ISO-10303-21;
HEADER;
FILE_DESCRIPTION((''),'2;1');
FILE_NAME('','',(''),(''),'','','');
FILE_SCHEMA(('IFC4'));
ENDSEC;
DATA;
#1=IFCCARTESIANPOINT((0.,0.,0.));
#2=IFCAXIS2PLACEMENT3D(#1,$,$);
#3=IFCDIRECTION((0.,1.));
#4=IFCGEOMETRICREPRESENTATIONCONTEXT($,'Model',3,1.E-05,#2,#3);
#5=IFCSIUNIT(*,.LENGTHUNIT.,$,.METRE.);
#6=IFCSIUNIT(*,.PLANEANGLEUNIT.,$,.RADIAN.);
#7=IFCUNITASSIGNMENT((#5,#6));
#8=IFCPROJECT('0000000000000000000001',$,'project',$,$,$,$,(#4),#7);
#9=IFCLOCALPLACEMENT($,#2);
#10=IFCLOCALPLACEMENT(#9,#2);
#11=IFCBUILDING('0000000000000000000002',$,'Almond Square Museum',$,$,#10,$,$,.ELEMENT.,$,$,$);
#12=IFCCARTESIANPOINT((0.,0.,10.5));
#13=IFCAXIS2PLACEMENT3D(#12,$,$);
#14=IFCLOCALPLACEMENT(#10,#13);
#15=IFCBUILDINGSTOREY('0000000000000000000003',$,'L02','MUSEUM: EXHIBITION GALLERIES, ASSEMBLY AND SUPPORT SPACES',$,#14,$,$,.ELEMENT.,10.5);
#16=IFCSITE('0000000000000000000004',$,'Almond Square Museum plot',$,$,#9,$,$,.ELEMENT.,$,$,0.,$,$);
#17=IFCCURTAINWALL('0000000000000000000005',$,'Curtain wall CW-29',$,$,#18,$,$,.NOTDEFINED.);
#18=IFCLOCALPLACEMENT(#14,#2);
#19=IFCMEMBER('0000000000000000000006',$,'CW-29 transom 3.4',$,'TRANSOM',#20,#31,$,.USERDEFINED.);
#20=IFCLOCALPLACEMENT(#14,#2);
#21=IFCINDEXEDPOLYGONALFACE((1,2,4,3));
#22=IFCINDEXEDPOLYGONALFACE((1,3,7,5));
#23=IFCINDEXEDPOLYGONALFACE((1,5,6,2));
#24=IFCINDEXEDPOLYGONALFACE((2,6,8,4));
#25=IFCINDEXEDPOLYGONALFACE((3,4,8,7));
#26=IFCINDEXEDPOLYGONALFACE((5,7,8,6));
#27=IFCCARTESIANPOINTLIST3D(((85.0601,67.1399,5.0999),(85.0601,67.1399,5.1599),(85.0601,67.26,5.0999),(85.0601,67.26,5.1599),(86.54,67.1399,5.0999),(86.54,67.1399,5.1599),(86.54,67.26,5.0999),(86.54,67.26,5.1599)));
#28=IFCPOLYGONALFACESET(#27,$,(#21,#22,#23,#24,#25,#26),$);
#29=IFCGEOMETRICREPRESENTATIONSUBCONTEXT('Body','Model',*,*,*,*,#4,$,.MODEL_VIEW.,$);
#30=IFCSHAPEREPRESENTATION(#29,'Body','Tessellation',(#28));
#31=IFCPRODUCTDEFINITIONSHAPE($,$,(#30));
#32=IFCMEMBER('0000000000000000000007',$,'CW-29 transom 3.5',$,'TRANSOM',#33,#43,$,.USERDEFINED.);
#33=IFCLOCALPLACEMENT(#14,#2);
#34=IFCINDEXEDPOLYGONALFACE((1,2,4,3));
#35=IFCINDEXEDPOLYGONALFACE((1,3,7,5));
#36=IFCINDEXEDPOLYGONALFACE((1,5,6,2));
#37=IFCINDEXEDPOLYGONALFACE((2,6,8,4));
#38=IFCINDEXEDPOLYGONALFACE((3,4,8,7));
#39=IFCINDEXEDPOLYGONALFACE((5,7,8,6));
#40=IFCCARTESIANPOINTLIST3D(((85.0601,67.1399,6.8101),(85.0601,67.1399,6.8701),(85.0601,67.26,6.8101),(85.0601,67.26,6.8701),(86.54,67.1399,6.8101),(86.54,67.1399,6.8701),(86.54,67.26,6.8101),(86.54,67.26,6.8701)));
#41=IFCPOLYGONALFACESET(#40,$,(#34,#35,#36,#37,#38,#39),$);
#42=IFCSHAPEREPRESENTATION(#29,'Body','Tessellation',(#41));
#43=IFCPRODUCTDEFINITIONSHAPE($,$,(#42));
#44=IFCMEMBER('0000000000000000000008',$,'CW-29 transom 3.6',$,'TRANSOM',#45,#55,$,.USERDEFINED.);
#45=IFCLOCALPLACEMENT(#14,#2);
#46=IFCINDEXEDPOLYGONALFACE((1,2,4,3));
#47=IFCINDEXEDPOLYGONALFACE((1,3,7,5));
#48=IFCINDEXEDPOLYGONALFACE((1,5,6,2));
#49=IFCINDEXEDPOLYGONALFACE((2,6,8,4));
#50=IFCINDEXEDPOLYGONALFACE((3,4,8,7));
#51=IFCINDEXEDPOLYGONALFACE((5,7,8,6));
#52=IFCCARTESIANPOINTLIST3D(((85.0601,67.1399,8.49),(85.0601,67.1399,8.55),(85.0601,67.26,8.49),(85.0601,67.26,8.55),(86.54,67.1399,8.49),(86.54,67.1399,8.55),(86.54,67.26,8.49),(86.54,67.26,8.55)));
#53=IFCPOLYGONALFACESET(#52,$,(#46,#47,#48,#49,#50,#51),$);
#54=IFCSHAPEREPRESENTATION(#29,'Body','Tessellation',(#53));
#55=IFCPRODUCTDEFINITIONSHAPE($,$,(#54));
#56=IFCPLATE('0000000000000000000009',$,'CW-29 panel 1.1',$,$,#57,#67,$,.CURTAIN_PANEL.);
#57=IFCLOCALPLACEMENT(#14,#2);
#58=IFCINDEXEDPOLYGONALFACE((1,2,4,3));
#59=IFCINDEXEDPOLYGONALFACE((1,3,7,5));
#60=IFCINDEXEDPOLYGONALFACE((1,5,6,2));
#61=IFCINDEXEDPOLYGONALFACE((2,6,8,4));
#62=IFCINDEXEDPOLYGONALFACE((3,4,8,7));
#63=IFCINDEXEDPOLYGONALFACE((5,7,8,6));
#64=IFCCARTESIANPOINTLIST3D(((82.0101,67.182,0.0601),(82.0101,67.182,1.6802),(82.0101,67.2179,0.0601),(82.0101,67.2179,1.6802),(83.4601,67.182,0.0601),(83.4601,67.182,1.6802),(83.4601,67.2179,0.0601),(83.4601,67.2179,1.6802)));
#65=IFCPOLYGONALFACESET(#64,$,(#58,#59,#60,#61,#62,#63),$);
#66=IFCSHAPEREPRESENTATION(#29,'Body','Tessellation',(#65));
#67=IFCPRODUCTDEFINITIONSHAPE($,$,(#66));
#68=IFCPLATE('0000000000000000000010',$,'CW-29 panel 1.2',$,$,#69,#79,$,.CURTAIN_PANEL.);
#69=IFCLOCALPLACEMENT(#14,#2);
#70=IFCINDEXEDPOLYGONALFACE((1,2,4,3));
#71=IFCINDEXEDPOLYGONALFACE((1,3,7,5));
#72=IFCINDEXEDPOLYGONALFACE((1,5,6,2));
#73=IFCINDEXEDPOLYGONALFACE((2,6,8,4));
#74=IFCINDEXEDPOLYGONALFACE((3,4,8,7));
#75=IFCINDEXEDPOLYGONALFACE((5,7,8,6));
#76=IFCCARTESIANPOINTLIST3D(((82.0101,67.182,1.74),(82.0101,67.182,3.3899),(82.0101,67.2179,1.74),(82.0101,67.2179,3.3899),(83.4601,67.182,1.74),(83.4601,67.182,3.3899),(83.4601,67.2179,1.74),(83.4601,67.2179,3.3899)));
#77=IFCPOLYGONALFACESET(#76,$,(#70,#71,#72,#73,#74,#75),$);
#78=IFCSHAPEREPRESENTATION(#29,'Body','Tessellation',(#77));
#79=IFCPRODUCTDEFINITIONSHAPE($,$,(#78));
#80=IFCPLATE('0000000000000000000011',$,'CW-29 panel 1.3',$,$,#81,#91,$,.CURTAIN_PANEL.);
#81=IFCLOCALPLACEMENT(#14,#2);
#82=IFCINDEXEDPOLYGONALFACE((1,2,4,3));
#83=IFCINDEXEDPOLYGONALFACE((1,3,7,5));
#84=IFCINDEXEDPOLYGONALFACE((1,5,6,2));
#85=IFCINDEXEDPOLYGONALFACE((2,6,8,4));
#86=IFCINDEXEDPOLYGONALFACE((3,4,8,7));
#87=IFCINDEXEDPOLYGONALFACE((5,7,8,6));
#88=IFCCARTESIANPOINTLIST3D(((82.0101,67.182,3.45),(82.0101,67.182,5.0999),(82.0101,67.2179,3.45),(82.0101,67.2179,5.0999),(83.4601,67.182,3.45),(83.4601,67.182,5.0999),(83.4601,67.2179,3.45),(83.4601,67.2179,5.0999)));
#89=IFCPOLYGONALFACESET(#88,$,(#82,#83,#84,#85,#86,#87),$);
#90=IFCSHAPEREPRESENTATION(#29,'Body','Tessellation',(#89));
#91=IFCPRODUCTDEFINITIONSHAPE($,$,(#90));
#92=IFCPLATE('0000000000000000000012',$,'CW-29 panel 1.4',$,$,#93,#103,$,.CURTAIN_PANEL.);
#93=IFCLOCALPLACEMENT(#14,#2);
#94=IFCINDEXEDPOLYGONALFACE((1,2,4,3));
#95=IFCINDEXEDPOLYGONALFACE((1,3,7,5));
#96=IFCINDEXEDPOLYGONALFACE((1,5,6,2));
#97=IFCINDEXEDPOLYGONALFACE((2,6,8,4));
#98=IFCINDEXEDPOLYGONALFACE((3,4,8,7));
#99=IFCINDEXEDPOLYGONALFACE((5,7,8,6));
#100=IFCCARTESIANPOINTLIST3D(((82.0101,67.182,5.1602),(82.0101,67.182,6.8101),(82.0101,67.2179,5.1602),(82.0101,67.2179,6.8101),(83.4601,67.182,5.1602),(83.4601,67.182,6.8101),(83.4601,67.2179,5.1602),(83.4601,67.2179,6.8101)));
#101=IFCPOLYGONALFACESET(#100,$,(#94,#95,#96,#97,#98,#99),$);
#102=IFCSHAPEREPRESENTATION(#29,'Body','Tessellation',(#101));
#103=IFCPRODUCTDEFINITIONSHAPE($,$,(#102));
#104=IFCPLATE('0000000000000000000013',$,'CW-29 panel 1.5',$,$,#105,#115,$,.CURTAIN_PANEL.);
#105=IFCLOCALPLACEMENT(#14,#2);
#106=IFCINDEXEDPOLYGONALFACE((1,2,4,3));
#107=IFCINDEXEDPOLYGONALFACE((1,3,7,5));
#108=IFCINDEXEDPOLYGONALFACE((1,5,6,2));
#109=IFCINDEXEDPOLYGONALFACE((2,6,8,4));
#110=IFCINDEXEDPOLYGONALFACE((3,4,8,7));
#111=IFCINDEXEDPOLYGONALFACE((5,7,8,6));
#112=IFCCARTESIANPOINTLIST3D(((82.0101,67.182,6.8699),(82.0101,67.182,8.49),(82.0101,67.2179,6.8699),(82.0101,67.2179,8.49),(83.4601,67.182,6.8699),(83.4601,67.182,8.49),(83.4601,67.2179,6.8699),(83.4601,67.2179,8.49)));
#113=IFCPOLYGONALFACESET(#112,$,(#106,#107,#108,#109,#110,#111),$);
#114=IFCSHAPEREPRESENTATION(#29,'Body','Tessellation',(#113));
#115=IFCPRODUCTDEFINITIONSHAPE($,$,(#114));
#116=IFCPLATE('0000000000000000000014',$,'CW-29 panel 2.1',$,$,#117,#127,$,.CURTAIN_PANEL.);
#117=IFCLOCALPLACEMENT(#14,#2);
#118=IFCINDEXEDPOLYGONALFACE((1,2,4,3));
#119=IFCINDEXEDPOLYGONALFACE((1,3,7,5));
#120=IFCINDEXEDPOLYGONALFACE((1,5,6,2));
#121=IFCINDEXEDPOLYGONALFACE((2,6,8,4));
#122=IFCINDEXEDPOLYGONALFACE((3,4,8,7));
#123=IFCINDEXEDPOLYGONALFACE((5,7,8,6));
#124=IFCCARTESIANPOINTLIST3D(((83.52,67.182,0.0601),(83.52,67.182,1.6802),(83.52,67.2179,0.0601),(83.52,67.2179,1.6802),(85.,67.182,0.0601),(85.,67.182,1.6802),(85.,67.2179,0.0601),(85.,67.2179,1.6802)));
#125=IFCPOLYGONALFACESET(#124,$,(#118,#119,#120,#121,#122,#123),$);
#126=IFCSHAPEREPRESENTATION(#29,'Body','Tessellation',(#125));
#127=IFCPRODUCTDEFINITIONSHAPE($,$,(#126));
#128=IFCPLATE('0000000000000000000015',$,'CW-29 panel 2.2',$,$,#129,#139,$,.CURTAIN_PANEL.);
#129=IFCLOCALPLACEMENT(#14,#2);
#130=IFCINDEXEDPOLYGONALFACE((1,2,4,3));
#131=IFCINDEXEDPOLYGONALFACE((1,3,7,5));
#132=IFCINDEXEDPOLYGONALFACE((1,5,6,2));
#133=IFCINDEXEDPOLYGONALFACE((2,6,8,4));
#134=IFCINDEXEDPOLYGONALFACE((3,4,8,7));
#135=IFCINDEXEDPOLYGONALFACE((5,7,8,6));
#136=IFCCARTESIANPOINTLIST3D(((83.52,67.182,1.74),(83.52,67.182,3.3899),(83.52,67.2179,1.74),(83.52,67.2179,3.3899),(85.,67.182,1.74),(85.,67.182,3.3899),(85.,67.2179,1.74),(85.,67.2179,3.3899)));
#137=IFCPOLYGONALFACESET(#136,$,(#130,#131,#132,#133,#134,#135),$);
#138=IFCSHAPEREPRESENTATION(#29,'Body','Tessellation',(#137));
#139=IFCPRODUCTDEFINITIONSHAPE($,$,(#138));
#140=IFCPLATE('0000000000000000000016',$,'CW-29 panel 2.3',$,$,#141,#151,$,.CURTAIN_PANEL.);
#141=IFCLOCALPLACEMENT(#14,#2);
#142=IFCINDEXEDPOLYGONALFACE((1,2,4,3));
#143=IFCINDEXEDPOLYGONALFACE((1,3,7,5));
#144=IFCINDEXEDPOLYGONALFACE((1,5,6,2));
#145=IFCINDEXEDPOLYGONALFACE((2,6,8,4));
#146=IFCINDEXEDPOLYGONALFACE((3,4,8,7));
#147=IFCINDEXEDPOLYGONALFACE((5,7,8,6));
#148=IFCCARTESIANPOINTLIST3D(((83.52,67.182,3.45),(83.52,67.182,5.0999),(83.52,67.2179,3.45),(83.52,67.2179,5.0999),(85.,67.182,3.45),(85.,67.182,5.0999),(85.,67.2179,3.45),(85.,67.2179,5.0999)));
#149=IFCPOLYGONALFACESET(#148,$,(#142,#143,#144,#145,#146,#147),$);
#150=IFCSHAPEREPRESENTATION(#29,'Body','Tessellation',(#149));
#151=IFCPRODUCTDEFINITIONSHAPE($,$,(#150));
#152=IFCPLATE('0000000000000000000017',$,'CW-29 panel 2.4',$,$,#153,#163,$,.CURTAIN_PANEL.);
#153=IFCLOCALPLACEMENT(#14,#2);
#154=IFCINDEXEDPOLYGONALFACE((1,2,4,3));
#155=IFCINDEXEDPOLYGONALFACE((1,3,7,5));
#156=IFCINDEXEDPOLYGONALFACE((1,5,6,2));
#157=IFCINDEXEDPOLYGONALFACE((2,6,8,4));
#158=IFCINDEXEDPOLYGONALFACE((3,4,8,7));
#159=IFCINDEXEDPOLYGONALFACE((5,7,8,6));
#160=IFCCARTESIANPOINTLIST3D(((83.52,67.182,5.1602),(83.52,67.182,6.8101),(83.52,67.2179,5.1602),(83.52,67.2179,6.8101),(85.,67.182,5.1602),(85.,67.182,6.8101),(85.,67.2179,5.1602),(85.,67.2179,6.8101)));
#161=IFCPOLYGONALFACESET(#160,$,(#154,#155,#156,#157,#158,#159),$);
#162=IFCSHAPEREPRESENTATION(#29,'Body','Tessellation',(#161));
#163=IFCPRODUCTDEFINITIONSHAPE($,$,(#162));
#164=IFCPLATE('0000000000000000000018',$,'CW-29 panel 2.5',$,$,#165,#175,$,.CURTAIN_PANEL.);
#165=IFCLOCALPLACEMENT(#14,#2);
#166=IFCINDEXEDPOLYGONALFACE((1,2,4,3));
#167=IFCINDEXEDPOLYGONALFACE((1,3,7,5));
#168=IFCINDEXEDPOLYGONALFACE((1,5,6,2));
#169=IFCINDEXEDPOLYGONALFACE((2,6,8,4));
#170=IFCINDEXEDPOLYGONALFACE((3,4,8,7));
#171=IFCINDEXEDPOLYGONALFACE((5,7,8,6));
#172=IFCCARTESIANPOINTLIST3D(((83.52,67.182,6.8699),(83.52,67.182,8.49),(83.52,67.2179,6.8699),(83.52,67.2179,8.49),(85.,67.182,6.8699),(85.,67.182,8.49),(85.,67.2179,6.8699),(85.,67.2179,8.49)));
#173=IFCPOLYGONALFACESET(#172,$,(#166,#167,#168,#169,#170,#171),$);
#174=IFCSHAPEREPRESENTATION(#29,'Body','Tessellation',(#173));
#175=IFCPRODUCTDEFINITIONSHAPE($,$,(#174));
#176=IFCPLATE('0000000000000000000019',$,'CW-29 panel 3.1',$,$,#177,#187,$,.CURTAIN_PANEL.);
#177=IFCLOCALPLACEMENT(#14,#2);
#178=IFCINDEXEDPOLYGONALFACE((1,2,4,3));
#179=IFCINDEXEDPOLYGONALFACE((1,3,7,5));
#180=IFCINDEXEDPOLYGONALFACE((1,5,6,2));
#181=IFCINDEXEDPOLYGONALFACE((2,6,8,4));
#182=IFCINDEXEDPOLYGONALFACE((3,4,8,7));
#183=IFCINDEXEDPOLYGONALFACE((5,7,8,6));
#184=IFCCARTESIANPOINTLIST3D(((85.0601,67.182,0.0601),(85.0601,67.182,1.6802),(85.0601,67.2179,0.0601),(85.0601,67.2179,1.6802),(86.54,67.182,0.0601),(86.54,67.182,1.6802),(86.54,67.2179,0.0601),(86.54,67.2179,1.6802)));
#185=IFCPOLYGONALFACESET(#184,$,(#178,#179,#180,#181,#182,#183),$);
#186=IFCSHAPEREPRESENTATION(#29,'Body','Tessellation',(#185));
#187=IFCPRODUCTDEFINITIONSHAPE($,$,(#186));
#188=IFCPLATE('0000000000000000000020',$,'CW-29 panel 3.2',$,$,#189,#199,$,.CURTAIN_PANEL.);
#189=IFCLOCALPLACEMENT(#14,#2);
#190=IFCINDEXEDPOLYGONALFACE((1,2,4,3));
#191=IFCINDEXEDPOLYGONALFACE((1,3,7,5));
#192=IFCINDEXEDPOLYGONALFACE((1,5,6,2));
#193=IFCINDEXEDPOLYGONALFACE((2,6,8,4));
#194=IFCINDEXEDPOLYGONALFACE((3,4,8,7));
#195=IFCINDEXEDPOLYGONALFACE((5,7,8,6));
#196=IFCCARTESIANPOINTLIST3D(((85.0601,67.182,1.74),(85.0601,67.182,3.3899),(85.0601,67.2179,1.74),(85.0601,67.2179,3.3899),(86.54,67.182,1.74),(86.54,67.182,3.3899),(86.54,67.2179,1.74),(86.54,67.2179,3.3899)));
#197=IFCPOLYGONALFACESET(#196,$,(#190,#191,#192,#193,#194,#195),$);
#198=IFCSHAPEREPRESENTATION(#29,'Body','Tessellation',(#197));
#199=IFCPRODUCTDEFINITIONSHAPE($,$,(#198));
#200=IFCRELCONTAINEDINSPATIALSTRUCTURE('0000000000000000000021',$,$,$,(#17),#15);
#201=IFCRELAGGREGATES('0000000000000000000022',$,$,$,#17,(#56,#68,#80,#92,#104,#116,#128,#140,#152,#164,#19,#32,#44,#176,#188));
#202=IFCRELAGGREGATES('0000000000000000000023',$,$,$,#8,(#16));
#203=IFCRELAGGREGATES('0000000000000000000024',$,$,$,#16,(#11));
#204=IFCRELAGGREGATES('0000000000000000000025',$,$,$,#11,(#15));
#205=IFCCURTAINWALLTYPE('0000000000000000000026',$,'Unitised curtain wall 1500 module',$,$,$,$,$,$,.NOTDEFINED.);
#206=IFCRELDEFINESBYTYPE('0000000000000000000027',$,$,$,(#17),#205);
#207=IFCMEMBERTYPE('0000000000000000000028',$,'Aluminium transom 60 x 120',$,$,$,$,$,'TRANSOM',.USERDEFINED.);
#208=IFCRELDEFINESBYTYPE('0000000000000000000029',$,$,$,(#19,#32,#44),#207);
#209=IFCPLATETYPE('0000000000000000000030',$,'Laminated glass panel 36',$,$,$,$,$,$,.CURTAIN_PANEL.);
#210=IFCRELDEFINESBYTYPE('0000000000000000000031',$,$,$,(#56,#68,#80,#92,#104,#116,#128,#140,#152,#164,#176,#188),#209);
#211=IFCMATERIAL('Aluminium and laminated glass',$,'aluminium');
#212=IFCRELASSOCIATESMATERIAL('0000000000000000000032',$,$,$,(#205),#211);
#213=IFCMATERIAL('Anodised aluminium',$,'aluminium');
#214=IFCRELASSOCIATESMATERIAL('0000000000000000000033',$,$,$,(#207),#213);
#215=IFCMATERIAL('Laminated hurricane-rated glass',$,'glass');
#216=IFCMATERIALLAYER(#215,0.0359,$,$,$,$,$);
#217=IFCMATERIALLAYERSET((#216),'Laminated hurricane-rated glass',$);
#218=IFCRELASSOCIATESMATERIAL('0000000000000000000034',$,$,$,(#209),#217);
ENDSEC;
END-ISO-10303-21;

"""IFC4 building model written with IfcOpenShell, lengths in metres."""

from ifc_helpers import new_model, si_unit, direction, frame, origin, origin_2d, place, context, subcontext, project, spatial, rectangle, extrude, material, layer, layer_set, material_profile, profile_set, type_object, element, aggregate, save


model = new_model("IFC4")

# Units and contexts
model_context = context("Model", 3, precision=1e-05, world=origin(), true_north=direction((0.0, 1.0)))
body_context = subcontext(model_context, "Body", "Model", "MODEL_VIEW")
ifc_project = project(units=[si_unit("LENGTHUNIT", "METRE"), si_unit("PLANEANGLEUNIT", "RADIAN")], contexts=[model_context])

# Site, building, storey
site_placement = place(None, origin())
site = spatial("IfcSite", under=ifc_project, at=site_placement, Name="Almond Square Museum plot", CompositionType="ELEMENT", RefElevation=0.0)
building_placement = place(site_placement, origin())
building = spatial("IfcBuilding", under=site, at=building_placement, Name="Almond Square Museum", CompositionType="ELEMENT")
storey_placement = place(building_placement, frame((0.0, 0.0, 10.5)))
storey = spatial("IfcBuildingStorey", under=building, at=storey_placement, Name="L02", Description="MUSEUM: EXHIBITION GALLERIES, ASSEMBLY AND SUPPORT SPACES", CompositionType="ELEMENT", Elevation=10.5)

# Curtain wall, members, plates
ifc_material_1 = material(Name="Aluminium and laminated glass", Category="aluminium")
curtain_wall_type = type_object("IfcCurtainWallType", Name="Unitised curtain wall 1500 module", PredefinedType="NOTDEFINED", material=ifc_material_1)
curtain_wall_placement = place(storey_placement, origin())
curtain_wall = element("IfcCurtainWall", 1, at=curtain_wall_placement, inside=storey, type_object=curtain_wall_type, Name="Curtain wall CW-29", PredefinedType="NOTDEFINED")
ifc_material_2 = material(Name="Anodised aluminium", Category="aluminium")
ifc_material_profile_1 = material_profile(ifc_material_2, rectangle(XDim=0.1201, YDim=0.0601, at=origin_2d()))
ifc_profile_set_1 = profile_set([ifc_material_profile_1], Name="Anodised aluminium")
member_type_1 = type_object("IfcMemberType", Name="Aluminium transom 60 x 120", ElementType="TRANSOM", PredefinedType="USERDEFINED", material=ifc_profile_set_1)
member_1_placement = place(storey_placement, frame((85.0601, 67.2, 5.1299), z_axis=(1.0, 0.0, 0.0), x_axis=(0.0, 1.0, 0.0)))
member_1 = element("IfcMember", 2, at=member_1_placement, type_object=member_type_1, Name="CW-29 transom 3.4", ObjectType="TRANSOM", PredefinedType="USERDEFINED", context=body_context, shape_type="SweptSolid", body=[
    extrude(rectangle(XDim=0.1201, YDim=0.0601, at=origin_2d()), origin(), (0.0, 0.0, 1.0), 1.48),
])
member_2_placement = place(storey_placement, frame((85.0601, 67.2, 6.8401), z_axis=(1.0, 0.0, 0.0), x_axis=(0.0, 1.0, 0.0)))
member_2 = element("IfcMember", 3, at=member_2_placement, type_object=member_type_1, Name="CW-29 transom 3.5", ObjectType="TRANSOM", PredefinedType="USERDEFINED", context=body_context, shape_type="SweptSolid", body=[
    extrude(rectangle(XDim=0.1201, YDim=0.0601, at=origin_2d()), origin(), (0.0, 0.0, 1.0), 1.48),
])
member_3_placement = place(storey_placement, frame((85.0601, 67.2, 8.52), z_axis=(1.0, 0.0, 0.0), x_axis=(0.0, 1.0, 0.0)))
member_3 = element("IfcMember", 4, at=member_3_placement, type_object=member_type_1, Name="CW-29 transom 3.6", ObjectType="TRANSOM", PredefinedType="USERDEFINED", context=body_context, shape_type="SweptSolid", body=[
    extrude(rectangle(XDim=0.1201, YDim=0.0601, at=origin_2d()), origin(), (0.0, 0.0, 1.0), 1.48),
])
ifc_material_3 = material(Name="Laminated hurricane-rated glass", Category="glass")
ifc_layer = layer(ifc_material_3, 0.0359)
ifc_layer_set = layer_set([ifc_layer], Name="Laminated hurricane-rated glass")
plate_type = type_object("IfcPlateType", Name="Laminated glass panel 36", PredefinedType="CURTAIN_PANEL", material=ifc_layer_set)
plate_1_placement = place(storey_placement, frame((82.7351, 67.2, 0.0601), z_axis=(0.0, 0.0, 1.0), x_axis=(1.0, 0.0, 0.0)))
plate_1 = element("IfcPlate", 5, at=plate_1_placement, type_object=plate_type, Name="CW-29 panel 1.1", PredefinedType="CURTAIN_PANEL", context=body_context, shape_type="SweptSolid", body=[
    extrude(rectangle(XDim=1.45, YDim=0.0359, at=origin_2d()), origin(), (0.0, 0.0, 1.0), 1.6201),
])
plate_2_placement = place(storey_placement, frame((82.7351, 67.2, 1.74), z_axis=(0.0, 0.0, 1.0), x_axis=(1.0, 0.0, 0.0)))
plate_2 = element("IfcPlate", 6, at=plate_2_placement, type_object=plate_type, Name="CW-29 panel 1.2", PredefinedType="CURTAIN_PANEL", context=body_context, shape_type="SweptSolid", body=[
    extrude(rectangle(XDim=1.45, YDim=0.0359, at=origin_2d()), origin(), (0.0, 0.0, 1.0), 1.6499),
])
plate_3_placement = place(storey_placement, frame((82.7351, 67.2, 3.45), z_axis=(0.0, 0.0, 1.0), x_axis=(1.0, 0.0, 0.0)))
plate_3 = element("IfcPlate", 7, at=plate_3_placement, type_object=plate_type, Name="CW-29 panel 1.3", PredefinedType="CURTAIN_PANEL", context=body_context, shape_type="SweptSolid", body=[
    extrude(rectangle(XDim=1.45, YDim=0.0359, at=origin_2d()), origin(), (0.0, 0.0, 1.0), 1.6499),
])
plate_4_placement = place(storey_placement, frame((82.7351, 67.2, 5.1602), z_axis=(0.0, 0.0, 1.0), x_axis=(1.0, 0.0, 0.0)))
plate_4 = element("IfcPlate", 8, at=plate_4_placement, type_object=plate_type, Name="CW-29 panel 1.4", PredefinedType="CURTAIN_PANEL", context=body_context, shape_type="SweptSolid", body=[
    extrude(rectangle(XDim=1.45, YDim=0.0359, at=origin_2d()), origin(), (0.0, 0.0, 1.0), 1.6499),
])
plate_5_placement = place(storey_placement, frame((82.7351, 67.2, 6.8699), z_axis=(0.0, 0.0, 1.0), x_axis=(1.0, 0.0, 0.0)))
plate_5 = element("IfcPlate", 9, at=plate_5_placement, type_object=plate_type, Name="CW-29 panel 1.5", PredefinedType="CURTAIN_PANEL", context=body_context, shape_type="SweptSolid", body=[
    extrude(rectangle(XDim=1.45, YDim=0.0359, at=origin_2d()), origin(), (0.0, 0.0, 1.0), 1.6201),
])
plate_6_placement = place(storey_placement, frame((84.26, 67.2, 0.0601), z_axis=(0.0, 0.0, 1.0), x_axis=(1.0, 0.0, 0.0)))
plate_6 = element("IfcPlate", 10, at=plate_6_placement, type_object=plate_type, Name="CW-29 panel 2.1", PredefinedType="CURTAIN_PANEL", context=body_context, shape_type="SweptSolid", body=[
    extrude(rectangle(XDim=1.48, YDim=0.0359, at=origin_2d()), origin(), (0.0, 0.0, 1.0), 1.6201),
])
plate_7_placement = place(storey_placement, frame((84.26, 67.2, 1.74), z_axis=(0.0, 0.0, 1.0), x_axis=(1.0, 0.0, 0.0)))
plate_7 = element("IfcPlate", 11, at=plate_7_placement, type_object=plate_type, Name="CW-29 panel 2.2", PredefinedType="CURTAIN_PANEL", context=body_context, shape_type="SweptSolid", body=[
    extrude(rectangle(XDim=1.48, YDim=0.0359, at=origin_2d()), origin(), (0.0, 0.0, 1.0), 1.6499),
])
plate_8_placement = place(storey_placement, frame((84.26, 67.2, 3.45), z_axis=(0.0, 0.0, 1.0), x_axis=(1.0, 0.0, 0.0)))
plate_8 = element("IfcPlate", 12, at=plate_8_placement, type_object=plate_type, Name="CW-29 panel 2.3", PredefinedType="CURTAIN_PANEL", context=body_context, shape_type="SweptSolid", body=[
    extrude(rectangle(XDim=1.48, YDim=0.0359, at=origin_2d()), origin(), (0.0, 0.0, 1.0), 1.6499),
])
plate_9_placement = place(storey_placement, frame((84.26, 67.2, 5.1602), z_axis=(0.0, 0.0, 1.0), x_axis=(1.0, 0.0, 0.0)))
plate_9 = element("IfcPlate", 13, at=plate_9_placement, type_object=plate_type, Name="CW-29 panel 2.4", PredefinedType="CURTAIN_PANEL", context=body_context, shape_type="SweptSolid", body=[
    extrude(rectangle(XDim=1.48, YDim=0.0359, at=origin_2d()), origin(), (0.0, 0.0, 1.0), 1.6499),
])
plate_10_placement = place(storey_placement, frame((84.26, 67.2, 6.8699), z_axis=(0.0, 0.0, 1.0), x_axis=(1.0, 0.0, 0.0)))
plate_10 = element("IfcPlate", 14, at=plate_10_placement, type_object=plate_type, Name="CW-29 panel 2.5", PredefinedType="CURTAIN_PANEL", context=body_context, shape_type="SweptSolid", body=[
    extrude(rectangle(XDim=1.48, YDim=0.0359, at=origin_2d()), origin(), (0.0, 0.0, 1.0), 1.6201),
])
plate_11_placement = place(storey_placement, frame((85.8, 67.2, 0.0601), z_axis=(0.0, 0.0, 1.0), x_axis=(1.0, 0.0, 0.0)))
plate_11 = element("IfcPlate", 15, at=plate_11_placement, type_object=plate_type, Name="CW-29 panel 3.1", PredefinedType="CURTAIN_PANEL", context=body_context, shape_type="SweptSolid", body=[
    extrude(rectangle(XDim=1.48, YDim=0.0359, at=origin_2d()), origin(), (0.0, 0.0, 1.0), 1.6201),
])
plate_12_placement = place(storey_placement, frame((85.8, 67.2, 1.74), z_axis=(0.0, 0.0, 1.0), x_axis=(1.0, 0.0, 0.0)))
plate_12 = element("IfcPlate", 16, at=plate_12_placement, type_object=plate_type, Name="CW-29 panel 3.2", PredefinedType="CURTAIN_PANEL", context=body_context, shape_type="SweptSolid", body=[
    extrude(rectangle(XDim=1.48, YDim=0.0359, at=origin_2d()), origin(), (0.0, 0.0, 1.0), 1.6499),
])
aggregate(curtain_wall, [plate_1, plate_2, plate_3, plate_4, plate_5, plate_6, plate_7, plate_8, plate_9, plate_10, member_1, member_2, member_3, plate_11, plate_12])

save(model, "model.ifc")
